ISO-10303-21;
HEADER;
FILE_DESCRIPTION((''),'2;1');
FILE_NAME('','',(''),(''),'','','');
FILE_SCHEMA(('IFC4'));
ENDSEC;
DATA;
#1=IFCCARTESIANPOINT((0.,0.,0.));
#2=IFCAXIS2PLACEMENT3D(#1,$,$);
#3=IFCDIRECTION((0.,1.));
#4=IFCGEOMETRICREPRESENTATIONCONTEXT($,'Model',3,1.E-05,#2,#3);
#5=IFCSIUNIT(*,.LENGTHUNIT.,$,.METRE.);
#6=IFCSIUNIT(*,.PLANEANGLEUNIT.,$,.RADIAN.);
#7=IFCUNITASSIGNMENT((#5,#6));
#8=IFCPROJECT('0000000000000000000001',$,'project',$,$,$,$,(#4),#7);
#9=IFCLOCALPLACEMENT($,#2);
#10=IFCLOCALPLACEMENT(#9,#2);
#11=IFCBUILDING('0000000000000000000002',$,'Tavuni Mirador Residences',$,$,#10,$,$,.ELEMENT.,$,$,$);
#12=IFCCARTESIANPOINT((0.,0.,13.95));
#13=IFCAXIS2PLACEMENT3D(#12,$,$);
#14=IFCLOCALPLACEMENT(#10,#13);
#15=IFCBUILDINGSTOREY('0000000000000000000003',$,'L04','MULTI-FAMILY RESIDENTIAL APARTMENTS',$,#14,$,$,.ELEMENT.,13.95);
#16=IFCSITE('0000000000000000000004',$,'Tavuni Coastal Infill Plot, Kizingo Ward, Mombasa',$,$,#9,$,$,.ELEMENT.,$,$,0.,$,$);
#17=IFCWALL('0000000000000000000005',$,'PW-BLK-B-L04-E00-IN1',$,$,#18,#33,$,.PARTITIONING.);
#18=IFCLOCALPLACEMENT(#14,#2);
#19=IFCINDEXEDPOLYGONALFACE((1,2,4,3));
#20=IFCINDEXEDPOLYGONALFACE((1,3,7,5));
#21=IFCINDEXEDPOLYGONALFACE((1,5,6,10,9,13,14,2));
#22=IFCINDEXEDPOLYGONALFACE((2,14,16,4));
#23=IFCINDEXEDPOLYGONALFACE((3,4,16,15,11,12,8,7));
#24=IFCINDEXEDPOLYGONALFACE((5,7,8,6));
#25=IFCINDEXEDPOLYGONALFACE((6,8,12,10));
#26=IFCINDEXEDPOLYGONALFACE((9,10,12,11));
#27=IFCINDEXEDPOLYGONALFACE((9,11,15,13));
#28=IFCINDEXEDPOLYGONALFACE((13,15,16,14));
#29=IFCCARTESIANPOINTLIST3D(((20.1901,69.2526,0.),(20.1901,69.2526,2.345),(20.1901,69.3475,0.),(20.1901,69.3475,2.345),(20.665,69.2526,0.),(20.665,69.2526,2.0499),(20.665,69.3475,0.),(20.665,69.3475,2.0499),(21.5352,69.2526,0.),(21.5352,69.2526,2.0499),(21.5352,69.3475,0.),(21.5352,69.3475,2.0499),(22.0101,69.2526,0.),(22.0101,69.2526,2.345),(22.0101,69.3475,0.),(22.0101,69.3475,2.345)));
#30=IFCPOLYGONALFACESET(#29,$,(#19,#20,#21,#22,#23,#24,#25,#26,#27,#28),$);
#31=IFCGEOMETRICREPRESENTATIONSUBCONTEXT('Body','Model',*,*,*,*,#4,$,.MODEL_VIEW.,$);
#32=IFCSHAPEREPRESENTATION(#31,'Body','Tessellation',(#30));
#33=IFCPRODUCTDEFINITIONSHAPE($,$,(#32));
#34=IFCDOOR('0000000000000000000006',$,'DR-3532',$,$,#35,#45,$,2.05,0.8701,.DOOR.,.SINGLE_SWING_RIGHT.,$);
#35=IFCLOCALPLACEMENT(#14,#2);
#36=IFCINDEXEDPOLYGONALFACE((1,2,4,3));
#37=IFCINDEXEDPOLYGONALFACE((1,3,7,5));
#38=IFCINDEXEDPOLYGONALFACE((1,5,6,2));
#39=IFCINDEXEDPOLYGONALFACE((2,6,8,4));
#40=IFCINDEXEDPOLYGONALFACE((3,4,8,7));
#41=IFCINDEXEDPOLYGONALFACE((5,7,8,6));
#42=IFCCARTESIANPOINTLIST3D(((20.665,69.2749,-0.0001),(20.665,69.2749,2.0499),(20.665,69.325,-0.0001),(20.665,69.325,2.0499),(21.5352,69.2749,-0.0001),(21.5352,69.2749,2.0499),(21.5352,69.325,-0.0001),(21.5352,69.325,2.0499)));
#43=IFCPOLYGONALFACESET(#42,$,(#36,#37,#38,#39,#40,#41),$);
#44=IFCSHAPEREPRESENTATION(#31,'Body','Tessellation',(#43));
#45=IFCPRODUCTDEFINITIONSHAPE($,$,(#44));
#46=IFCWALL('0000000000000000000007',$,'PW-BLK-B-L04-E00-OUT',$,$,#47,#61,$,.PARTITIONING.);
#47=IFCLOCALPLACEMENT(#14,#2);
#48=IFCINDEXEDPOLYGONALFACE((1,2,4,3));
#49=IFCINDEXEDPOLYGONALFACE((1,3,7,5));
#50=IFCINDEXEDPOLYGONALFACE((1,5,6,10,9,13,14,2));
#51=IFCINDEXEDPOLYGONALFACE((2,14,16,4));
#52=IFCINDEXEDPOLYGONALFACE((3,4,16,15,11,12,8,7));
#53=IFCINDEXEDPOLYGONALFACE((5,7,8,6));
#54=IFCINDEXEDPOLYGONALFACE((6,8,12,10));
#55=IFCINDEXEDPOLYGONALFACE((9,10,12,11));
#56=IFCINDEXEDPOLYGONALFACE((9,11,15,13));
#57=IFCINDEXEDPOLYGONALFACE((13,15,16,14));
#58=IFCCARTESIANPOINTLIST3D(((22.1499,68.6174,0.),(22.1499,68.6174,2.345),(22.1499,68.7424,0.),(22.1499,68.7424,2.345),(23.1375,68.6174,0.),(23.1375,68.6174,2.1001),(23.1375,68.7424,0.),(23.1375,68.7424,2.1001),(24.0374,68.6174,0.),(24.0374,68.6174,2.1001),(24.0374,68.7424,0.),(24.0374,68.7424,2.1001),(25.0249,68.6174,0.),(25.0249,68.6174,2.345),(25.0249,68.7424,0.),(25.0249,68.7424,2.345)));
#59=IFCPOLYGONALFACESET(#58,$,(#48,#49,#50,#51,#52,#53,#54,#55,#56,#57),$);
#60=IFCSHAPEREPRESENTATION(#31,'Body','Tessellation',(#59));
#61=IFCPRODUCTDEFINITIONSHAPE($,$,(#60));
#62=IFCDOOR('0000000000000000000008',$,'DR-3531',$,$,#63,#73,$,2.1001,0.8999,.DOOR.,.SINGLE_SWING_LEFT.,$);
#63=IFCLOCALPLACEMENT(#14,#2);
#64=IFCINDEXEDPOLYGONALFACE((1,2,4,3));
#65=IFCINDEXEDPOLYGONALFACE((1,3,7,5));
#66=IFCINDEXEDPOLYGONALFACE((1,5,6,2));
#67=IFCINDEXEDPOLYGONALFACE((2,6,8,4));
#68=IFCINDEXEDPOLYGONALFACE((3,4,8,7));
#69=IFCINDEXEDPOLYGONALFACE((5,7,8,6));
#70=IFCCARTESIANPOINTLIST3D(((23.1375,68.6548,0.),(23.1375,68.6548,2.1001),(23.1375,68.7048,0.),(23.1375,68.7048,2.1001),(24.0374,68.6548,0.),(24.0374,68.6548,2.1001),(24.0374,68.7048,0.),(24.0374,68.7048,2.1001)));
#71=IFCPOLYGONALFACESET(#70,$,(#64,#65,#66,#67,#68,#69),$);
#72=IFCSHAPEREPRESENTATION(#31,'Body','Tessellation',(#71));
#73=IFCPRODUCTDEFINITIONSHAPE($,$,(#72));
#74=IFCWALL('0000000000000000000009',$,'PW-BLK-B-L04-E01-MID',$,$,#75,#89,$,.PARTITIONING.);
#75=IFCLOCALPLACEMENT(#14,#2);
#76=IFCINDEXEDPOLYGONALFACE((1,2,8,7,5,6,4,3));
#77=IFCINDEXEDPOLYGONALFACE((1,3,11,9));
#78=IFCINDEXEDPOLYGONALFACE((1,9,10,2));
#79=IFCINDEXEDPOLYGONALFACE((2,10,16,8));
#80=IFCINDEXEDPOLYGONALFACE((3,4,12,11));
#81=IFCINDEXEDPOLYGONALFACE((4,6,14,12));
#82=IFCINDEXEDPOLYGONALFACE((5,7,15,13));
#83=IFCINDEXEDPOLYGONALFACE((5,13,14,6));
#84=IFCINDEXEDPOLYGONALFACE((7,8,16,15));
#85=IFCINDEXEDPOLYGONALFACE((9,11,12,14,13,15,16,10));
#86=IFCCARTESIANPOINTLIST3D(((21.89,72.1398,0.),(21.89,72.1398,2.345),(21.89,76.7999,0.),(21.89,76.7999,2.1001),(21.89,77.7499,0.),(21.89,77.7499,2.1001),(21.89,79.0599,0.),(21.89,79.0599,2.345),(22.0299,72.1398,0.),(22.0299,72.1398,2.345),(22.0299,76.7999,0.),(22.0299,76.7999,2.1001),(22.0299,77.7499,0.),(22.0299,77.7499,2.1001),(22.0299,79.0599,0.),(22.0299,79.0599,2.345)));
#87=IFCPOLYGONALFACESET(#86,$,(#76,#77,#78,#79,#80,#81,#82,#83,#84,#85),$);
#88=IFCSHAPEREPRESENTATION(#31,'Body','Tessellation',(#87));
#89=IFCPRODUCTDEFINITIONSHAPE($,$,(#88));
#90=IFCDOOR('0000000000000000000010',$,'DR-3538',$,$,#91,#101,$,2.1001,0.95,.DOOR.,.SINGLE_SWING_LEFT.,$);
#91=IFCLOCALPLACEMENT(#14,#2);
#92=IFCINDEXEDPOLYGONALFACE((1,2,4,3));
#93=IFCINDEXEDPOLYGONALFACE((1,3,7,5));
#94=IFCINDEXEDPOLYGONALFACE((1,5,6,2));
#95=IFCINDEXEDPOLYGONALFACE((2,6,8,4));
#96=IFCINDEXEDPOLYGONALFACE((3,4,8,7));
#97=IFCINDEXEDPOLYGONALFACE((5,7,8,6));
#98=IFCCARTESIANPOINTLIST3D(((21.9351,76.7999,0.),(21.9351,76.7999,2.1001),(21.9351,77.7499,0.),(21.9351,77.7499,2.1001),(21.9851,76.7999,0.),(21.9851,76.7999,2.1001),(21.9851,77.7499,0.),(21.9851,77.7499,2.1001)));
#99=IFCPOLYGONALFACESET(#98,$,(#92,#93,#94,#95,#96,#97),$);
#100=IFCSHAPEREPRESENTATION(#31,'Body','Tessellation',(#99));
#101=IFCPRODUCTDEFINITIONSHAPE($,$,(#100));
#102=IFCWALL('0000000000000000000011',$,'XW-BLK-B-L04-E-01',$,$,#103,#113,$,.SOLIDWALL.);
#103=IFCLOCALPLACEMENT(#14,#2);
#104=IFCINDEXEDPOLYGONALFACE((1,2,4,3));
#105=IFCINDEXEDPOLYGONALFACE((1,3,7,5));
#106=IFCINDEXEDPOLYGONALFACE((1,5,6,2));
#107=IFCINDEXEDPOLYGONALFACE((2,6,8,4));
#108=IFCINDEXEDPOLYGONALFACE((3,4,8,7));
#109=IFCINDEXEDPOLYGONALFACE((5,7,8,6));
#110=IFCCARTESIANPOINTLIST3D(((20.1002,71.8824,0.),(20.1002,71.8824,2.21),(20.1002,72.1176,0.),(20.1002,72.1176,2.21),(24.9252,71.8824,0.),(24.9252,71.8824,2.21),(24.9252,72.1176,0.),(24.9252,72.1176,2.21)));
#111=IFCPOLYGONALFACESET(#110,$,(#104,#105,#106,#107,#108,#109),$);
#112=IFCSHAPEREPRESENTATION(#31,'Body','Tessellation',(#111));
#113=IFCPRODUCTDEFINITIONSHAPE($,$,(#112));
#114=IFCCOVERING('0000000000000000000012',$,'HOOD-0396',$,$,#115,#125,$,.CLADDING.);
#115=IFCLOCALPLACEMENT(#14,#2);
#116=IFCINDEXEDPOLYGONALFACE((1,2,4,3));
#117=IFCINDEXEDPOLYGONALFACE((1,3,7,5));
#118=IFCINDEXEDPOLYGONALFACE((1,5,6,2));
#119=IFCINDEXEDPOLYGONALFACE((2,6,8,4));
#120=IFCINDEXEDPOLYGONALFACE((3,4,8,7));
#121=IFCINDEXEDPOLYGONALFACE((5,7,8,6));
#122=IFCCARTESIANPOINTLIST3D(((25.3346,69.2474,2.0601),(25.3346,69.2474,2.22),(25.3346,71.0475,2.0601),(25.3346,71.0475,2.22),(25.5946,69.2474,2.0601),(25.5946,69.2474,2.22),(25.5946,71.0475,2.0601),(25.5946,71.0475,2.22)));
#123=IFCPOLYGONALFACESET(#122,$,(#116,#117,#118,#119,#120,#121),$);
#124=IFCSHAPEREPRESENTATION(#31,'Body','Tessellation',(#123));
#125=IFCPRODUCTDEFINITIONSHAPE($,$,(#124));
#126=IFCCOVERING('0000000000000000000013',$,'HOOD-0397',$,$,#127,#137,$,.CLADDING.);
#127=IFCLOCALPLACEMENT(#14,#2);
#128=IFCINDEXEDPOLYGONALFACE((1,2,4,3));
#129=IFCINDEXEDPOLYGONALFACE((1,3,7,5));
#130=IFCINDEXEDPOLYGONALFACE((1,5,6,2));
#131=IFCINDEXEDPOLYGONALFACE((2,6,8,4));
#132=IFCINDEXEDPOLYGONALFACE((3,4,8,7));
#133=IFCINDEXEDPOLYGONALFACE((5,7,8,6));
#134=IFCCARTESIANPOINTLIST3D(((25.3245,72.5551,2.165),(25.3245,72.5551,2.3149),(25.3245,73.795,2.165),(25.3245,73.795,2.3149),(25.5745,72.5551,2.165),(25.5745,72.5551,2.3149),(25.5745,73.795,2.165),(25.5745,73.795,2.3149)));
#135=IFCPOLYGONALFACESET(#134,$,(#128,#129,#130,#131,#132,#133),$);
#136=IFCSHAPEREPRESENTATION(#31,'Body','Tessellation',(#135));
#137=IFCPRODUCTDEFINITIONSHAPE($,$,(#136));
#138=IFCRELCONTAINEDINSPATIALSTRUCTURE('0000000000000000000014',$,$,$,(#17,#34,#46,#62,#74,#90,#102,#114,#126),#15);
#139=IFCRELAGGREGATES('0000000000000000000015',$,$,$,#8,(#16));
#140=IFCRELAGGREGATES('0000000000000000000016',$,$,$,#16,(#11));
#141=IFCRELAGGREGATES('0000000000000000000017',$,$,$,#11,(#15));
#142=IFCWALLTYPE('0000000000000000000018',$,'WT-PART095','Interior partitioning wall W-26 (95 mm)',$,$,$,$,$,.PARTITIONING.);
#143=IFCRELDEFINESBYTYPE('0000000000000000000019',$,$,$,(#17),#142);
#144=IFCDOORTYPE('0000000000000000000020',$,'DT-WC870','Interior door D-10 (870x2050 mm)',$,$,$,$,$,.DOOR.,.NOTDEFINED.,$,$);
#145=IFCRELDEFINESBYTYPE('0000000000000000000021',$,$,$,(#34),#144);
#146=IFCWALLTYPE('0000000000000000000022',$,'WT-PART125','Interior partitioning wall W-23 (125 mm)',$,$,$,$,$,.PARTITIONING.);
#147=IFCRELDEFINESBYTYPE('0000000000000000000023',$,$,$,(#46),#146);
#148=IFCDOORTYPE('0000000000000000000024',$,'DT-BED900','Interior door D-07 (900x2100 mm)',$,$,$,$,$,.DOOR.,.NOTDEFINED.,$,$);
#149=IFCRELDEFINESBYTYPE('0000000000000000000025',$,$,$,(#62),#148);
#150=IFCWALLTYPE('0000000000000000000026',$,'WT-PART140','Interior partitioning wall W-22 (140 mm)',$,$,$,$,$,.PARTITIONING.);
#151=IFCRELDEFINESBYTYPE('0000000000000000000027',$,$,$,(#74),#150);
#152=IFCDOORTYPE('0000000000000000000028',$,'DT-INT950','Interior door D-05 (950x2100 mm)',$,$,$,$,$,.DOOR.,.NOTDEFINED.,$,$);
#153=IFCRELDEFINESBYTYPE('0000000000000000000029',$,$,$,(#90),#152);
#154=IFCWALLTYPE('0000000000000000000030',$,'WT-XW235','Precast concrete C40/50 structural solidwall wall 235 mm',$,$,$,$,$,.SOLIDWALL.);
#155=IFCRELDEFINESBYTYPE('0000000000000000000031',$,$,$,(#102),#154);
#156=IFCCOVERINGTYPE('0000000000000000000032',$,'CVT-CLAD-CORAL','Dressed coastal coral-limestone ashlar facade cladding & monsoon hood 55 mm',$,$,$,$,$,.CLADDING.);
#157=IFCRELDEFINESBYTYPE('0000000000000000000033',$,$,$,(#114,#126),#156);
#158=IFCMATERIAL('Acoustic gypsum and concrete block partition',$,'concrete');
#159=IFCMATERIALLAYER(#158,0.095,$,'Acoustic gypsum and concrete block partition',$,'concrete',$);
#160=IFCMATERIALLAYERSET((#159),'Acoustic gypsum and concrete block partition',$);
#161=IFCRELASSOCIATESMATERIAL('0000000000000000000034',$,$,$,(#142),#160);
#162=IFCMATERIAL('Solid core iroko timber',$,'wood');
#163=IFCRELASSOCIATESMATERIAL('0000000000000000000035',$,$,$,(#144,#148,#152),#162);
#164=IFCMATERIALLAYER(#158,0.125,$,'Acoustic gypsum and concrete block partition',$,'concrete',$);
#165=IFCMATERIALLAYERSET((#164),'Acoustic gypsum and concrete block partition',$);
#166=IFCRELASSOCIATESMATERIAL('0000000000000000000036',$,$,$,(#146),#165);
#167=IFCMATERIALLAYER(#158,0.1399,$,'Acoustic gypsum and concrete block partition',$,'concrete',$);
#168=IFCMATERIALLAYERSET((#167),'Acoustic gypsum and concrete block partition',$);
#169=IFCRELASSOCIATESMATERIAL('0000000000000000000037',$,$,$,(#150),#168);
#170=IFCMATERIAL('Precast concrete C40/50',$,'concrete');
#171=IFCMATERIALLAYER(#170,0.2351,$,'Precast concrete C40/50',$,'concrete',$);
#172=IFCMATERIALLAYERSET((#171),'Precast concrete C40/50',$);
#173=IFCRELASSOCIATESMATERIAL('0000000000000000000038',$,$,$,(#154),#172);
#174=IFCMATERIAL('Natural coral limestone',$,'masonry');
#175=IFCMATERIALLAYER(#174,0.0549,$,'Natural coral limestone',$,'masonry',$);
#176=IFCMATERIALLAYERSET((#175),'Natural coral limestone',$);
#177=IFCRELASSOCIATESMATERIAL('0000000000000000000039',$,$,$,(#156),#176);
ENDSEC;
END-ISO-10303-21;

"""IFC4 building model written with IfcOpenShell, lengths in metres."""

from ifc_helpers import new_model, si_unit, direction, frame, frame_2d, origin, origin_2d, place, context, subcontext, project, spatial, rectangle, extrude, material, layer, layer_set, type_object, element, fill, save


model = new_model("IFC4")

# Units and contexts
model_context = context("Model", 3, precision=1e-05, world=origin(), true_north=direction((0.0, 1.0)))
body_context = subcontext(model_context, "Body", "Model", "MODEL_VIEW")
ifc_project = project(units=[si_unit("LENGTHUNIT", "METRE"), si_unit("PLANEANGLEUNIT", "RADIAN")], contexts=[model_context])

# Site, building, storey
site_placement = place(None, origin())
site = spatial("IfcSite", under=ifc_project, at=site_placement, Name="Tavuni Coastal Infill Plot, Kizingo Ward, Mombasa", CompositionType="ELEMENT", RefElevation=0.0)
building_placement = place(site_placement, origin())
building = spatial("IfcBuilding", under=site, at=building_placement, Name="Tavuni Mirador Residences", CompositionType="ELEMENT")
storey_placement = place(building_placement, frame((0.0, 0.0, 13.95)))
storey = spatial("IfcBuildingStorey", under=building, at=storey_placement, Name="L04", Description="MULTI-FAMILY RESIDENTIAL APARTMENTS", CompositionType="ELEMENT", Elevation=13.95)

# Shared definitions
ifc_material_1 = material(Name="Precast concrete C40/50", Category="concrete")

# Shared definitions
ifc_material_2 = material(Name="Solid core iroko timber", Category="wood")

# Walls, openings, doors
ifc_material_3 = material(Name="Acoustic gypsum and concrete block partition", Category="concrete")
ifc_layer_1 = layer(ifc_material_3, 0.095, Name="Acoustic gypsum and concrete block partition", Category="concrete")
ifc_layer_set_1 = layer_set([ifc_layer_1], Name="Acoustic gypsum and concrete block partition")
wall_type_1 = type_object("IfcWallType", Name="WT-PART095", Description="Interior partitioning wall W-26 (95 mm)", PredefinedType="PARTITIONING", material=ifc_layer_set_1)
wall_1_placement = place(storey_placement, frame((20.1899, 69.3, 0.0), z_axis=(0.0, 0.0, 1.0), x_axis=(1.0, 0.0, 0.0)))
wall_1 = element("IfcWall", 1, at=wall_1_placement, inside=storey, type_object=wall_type_1, Name="PW-BLK-B-L04-E00-IN1", PredefinedType="PARTITIONING", context=body_context, shape_type="SweptSolid", body=[
    extrude(rectangle(XDim=1.8201, YDim=0.095, at=frame_2d((0.9102, 0.0))), origin(), (0.0, 0.0, 1.0), 2.345),
])
opening_1_placement = place(wall_1_placement, frame((0.4751, 0.0, 0.0)))
opening_1 = element("IfcOpeningElement", 2, at=opening_1_placement, cuts=wall_1, PredefinedType="OPENING", context=body_context, shape_type="SweptSolid", body=[
    extrude(rectangle(XDim=0.8701, YDim=2.05, at=frame_2d((0.4351, 1.0249))), frame((0.0, 0.0576, 0.0), z_axis=(0.0, -1.0, 0.0), x_axis=(1.0, 0.0, 0.0)), (0.0, 0.0, 1.0), 0.115),
])
door_type_1 = type_object("IfcDoorType", Name="DT-WC870", Description="Interior door D-10 (870x2050 mm)", OperationType="NOTDEFINED", PredefinedType="DOOR", material=ifc_material_2)
door_1_placement = place(opening_1_placement, origin())
door_1 = element("IfcDoor", 3, at=door_1_placement, inside=storey, type_object=door_type_1, Name="DR-3532", OperationType="SINGLE_SWING_RIGHT", OverallHeight=2.05, OverallWidth=0.8701, PredefinedType="DOOR", context=body_context, shape_type="SweptSolid", body=[
    extrude(rectangle(XDim=0.8701, YDim=2.05, at=frame_2d((0.4351, 1.0249))), frame((0.0, 0.0249, 0.0), z_axis=(0.0, -1.0, 0.0), x_axis=(1.0, 0.0, 0.0)), (0.0, 0.0, 1.0), 0.05),
])
fill(opening_1, door_1)
ifc_layer_2 = layer(ifc_material_3, 0.125, Name="Acoustic gypsum and concrete block partition", Category="concrete")
ifc_layer_set_2 = layer_set([ifc_layer_2], Name="Acoustic gypsum and concrete block partition")
wall_type_2 = type_object("IfcWallType", Name="WT-PART125", Description="Interior partitioning wall W-23 (125 mm)", PredefinedType="PARTITIONING", material=ifc_layer_set_2)
wall_2_placement = place(storey_placement, frame((22.1499, 68.6799, 0.0), z_axis=(0.0, 0.0, 1.0), x_axis=(1.0, 0.0, 0.0)))
wall_2 = element("IfcWall", 4, at=wall_2_placement, inside=storey, type_object=wall_type_2, Name="PW-BLK-B-L04-E00-OUT", PredefinedType="PARTITIONING", context=body_context, shape_type="SweptSolid", body=[
    extrude(rectangle(XDim=2.875, YDim=0.125, at=frame_2d((1.4375, 0.0))), origin(), (0.0, 0.0, 1.0), 2.345),
])
opening_2_placement = place(wall_2_placement, frame((0.9875, 0.0, 0.0)))
opening_2 = element("IfcOpeningElement", 5, at=opening_2_placement, cuts=wall_2, PredefinedType="OPENING", context=body_context, shape_type="SweptSolid", body=[
    extrude(rectangle(XDim=0.8999, YDim=2.1001, at=frame_2d((0.45, 1.05))), frame((0.0, 0.0725, 0.0), z_axis=(0.0, -1.0, 0.0), x_axis=(1.0, 0.0, 0.0)), (0.0, 0.0, 1.0), 0.145),
])
door_type_2 = type_object("IfcDoorType", Name="DT-BED900", Description="Interior door D-07 (900x2100 mm)", OperationType="NOTDEFINED", PredefinedType="DOOR", material=ifc_material_2)
door_2_placement = place(opening_2_placement, origin())
door_2 = element("IfcDoor", 6, at=door_2_placement, inside=storey, type_object=door_type_2, Name="DR-3531", OperationType="SINGLE_SWING_LEFT", OverallHeight=2.1001, OverallWidth=0.8999, PredefinedType="DOOR", context=body_context, shape_type="SweptSolid", body=[
    extrude(rectangle(XDim=0.8999, YDim=2.1001, at=frame_2d((0.45, 1.05))), frame((0.0, 0.0249, 0.0), z_axis=(0.0, -1.0, 0.0), x_axis=(1.0, 0.0, 0.0)), (0.0, 0.0, 1.0), 0.05),
])
fill(opening_2, door_2)
ifc_layer_3 = layer(ifc_material_3, 0.1399, Name="Acoustic gypsum and concrete block partition", Category="concrete")
ifc_layer_set_3 = layer_set([ifc_layer_3], Name="Acoustic gypsum and concrete block partition")
wall_type_3 = type_object("IfcWallType", Name="WT-PART140", Description="Interior partitioning wall W-22 (140 mm)", PredefinedType="PARTITIONING", material=ifc_layer_set_3)
wall_3_placement = place(storey_placement, frame((21.96, 72.1399, 0.0), z_axis=(0.0, 0.0, 1.0), x_axis=(0.0, 1.0, 0.0)))
wall_3 = element("IfcWall", 7, at=wall_3_placement, inside=storey, type_object=wall_type_3, Name="PW-BLK-B-L04-E01-MID", PredefinedType="PARTITIONING", context=body_context, shape_type="SweptSolid", body=[
    extrude(rectangle(XDim=6.9202, YDim=0.1399, at=frame_2d((3.46, 0.0))), origin(), (0.0, 0.0, 1.0), 2.345),
])
opening_3_placement = place(wall_3_placement, frame((4.6599, 0.0, 0.0)))
opening_3 = element("IfcOpeningElement", 8, at=opening_3_placement, cuts=wall_3, PredefinedType="OPENING", context=body_context, shape_type="SweptSolid", body=[
    extrude(rectangle(XDim=0.95, YDim=2.1001, at=frame_2d((0.4751, 1.05))), frame((0.0, 0.0801, 0.0), z_axis=(0.0, -1.0, 0.0), x_axis=(1.0, 0.0, 0.0)), (0.0, 0.0, 1.0), 0.1599),
])
door_type_3 = type_object("IfcDoorType", Name="DT-INT950", Description="Interior door D-05 (950x2100 mm)", OperationType="NOTDEFINED", PredefinedType="DOOR", material=ifc_material_2)
door_3_placement = place(opening_3_placement, origin())
door_3 = element("IfcDoor", 9, at=door_3_placement, inside=storey, type_object=door_type_3, Name="DR-3538", OperationType="SINGLE_SWING_LEFT", OverallHeight=2.1001, OverallWidth=0.95, PredefinedType="DOOR", context=body_context, shape_type="SweptSolid", body=[
    extrude(rectangle(XDim=0.95, YDim=2.1001, at=frame_2d((0.4751, 1.05))), frame((0.0, 0.0249, 0.0), z_axis=(0.0, -1.0, 0.0), x_axis=(1.0, 0.0, 0.0)), (0.0, 0.0, 1.0), 0.05),
])
fill(opening_3, door_3)

# Wall
ifc_layer_4 = layer(ifc_material_1, 0.2351, Name="Precast concrete C40/50", Category="concrete")
ifc_layer_set_4 = layer_set([ifc_layer_4], Name="Precast concrete C40/50")
wall_type_4 = type_object("IfcWallType", Name="WT-XW235", Description="Precast concrete C40/50 structural solidwall wall 235 mm", PredefinedType="SOLIDWALL", material=ifc_layer_set_4)
wall_4_placement = place(storey_placement, frame((20.1001, 72.0, 0.0), z_axis=(0.0, 0.0, 1.0), x_axis=(1.0, 0.0, 0.0)))
element("IfcWall", 10, at=wall_4_placement, inside=storey, type_object=wall_type_4, Name="XW-BLK-B-L04-E-01", PredefinedType="SOLIDWALL", context=body_context, shape_type="SweptSolid", body=[
    extrude(rectangle(XDim=4.825, YDim=0.2351, at=frame_2d((2.4126, 0.0))), origin(), (0.0, 0.0, 1.0), 2.21),
])

# Coverings
ifc_material_4 = material(Name="Natural coral limestone", Category="masonry")
ifc_layer_5 = layer(ifc_material_4, 0.0549, Name="Natural coral limestone", Category="masonry")
ifc_layer_set_5 = layer_set([ifc_layer_5], Name="Natural coral limestone")
covering_type = type_object("IfcCoveringType", Name="CVT-CLAD-CORAL", Description="Dressed coastal coral-limestone ashlar facade cladding & monsoon hood 55 mm", PredefinedType="CLADDING", material=ifc_layer_set_5)
covering_1_placement = place(storey_placement, frame((25.4646, 70.1475, 2.0601), z_axis=(0.0, 0.0, 1.0), x_axis=(0.0, 1.0, 0.0)))
element("IfcCovering", 11, at=covering_1_placement, inside=storey, type_object=covering_type, Name="HOOD-0396", PredefinedType="CLADDING", context=body_context, shape_type="SweptSolid", body=[
    extrude(rectangle(XDim=1.8, YDim=0.26, at=origin_2d()), origin(), (0.0, 0.0, 1.0), 0.1599),
])
covering_2_placement = place(storey_placement, frame((25.4495, 73.175, 2.165), z_axis=(0.0, 0.0, 1.0), x_axis=(0.0, 1.0, 0.0)))
element("IfcCovering", 12, at=covering_2_placement, inside=storey, type_object=covering_type, Name="HOOD-0397", PredefinedType="CLADDING", context=body_context, shape_type="SweptSolid", body=[
    extrude(rectangle(XDim=1.24, YDim=0.25, at=origin_2d()), origin(), (0.0, 0.0, 1.0), 0.1499),
])

save(model, "model.ifc")
